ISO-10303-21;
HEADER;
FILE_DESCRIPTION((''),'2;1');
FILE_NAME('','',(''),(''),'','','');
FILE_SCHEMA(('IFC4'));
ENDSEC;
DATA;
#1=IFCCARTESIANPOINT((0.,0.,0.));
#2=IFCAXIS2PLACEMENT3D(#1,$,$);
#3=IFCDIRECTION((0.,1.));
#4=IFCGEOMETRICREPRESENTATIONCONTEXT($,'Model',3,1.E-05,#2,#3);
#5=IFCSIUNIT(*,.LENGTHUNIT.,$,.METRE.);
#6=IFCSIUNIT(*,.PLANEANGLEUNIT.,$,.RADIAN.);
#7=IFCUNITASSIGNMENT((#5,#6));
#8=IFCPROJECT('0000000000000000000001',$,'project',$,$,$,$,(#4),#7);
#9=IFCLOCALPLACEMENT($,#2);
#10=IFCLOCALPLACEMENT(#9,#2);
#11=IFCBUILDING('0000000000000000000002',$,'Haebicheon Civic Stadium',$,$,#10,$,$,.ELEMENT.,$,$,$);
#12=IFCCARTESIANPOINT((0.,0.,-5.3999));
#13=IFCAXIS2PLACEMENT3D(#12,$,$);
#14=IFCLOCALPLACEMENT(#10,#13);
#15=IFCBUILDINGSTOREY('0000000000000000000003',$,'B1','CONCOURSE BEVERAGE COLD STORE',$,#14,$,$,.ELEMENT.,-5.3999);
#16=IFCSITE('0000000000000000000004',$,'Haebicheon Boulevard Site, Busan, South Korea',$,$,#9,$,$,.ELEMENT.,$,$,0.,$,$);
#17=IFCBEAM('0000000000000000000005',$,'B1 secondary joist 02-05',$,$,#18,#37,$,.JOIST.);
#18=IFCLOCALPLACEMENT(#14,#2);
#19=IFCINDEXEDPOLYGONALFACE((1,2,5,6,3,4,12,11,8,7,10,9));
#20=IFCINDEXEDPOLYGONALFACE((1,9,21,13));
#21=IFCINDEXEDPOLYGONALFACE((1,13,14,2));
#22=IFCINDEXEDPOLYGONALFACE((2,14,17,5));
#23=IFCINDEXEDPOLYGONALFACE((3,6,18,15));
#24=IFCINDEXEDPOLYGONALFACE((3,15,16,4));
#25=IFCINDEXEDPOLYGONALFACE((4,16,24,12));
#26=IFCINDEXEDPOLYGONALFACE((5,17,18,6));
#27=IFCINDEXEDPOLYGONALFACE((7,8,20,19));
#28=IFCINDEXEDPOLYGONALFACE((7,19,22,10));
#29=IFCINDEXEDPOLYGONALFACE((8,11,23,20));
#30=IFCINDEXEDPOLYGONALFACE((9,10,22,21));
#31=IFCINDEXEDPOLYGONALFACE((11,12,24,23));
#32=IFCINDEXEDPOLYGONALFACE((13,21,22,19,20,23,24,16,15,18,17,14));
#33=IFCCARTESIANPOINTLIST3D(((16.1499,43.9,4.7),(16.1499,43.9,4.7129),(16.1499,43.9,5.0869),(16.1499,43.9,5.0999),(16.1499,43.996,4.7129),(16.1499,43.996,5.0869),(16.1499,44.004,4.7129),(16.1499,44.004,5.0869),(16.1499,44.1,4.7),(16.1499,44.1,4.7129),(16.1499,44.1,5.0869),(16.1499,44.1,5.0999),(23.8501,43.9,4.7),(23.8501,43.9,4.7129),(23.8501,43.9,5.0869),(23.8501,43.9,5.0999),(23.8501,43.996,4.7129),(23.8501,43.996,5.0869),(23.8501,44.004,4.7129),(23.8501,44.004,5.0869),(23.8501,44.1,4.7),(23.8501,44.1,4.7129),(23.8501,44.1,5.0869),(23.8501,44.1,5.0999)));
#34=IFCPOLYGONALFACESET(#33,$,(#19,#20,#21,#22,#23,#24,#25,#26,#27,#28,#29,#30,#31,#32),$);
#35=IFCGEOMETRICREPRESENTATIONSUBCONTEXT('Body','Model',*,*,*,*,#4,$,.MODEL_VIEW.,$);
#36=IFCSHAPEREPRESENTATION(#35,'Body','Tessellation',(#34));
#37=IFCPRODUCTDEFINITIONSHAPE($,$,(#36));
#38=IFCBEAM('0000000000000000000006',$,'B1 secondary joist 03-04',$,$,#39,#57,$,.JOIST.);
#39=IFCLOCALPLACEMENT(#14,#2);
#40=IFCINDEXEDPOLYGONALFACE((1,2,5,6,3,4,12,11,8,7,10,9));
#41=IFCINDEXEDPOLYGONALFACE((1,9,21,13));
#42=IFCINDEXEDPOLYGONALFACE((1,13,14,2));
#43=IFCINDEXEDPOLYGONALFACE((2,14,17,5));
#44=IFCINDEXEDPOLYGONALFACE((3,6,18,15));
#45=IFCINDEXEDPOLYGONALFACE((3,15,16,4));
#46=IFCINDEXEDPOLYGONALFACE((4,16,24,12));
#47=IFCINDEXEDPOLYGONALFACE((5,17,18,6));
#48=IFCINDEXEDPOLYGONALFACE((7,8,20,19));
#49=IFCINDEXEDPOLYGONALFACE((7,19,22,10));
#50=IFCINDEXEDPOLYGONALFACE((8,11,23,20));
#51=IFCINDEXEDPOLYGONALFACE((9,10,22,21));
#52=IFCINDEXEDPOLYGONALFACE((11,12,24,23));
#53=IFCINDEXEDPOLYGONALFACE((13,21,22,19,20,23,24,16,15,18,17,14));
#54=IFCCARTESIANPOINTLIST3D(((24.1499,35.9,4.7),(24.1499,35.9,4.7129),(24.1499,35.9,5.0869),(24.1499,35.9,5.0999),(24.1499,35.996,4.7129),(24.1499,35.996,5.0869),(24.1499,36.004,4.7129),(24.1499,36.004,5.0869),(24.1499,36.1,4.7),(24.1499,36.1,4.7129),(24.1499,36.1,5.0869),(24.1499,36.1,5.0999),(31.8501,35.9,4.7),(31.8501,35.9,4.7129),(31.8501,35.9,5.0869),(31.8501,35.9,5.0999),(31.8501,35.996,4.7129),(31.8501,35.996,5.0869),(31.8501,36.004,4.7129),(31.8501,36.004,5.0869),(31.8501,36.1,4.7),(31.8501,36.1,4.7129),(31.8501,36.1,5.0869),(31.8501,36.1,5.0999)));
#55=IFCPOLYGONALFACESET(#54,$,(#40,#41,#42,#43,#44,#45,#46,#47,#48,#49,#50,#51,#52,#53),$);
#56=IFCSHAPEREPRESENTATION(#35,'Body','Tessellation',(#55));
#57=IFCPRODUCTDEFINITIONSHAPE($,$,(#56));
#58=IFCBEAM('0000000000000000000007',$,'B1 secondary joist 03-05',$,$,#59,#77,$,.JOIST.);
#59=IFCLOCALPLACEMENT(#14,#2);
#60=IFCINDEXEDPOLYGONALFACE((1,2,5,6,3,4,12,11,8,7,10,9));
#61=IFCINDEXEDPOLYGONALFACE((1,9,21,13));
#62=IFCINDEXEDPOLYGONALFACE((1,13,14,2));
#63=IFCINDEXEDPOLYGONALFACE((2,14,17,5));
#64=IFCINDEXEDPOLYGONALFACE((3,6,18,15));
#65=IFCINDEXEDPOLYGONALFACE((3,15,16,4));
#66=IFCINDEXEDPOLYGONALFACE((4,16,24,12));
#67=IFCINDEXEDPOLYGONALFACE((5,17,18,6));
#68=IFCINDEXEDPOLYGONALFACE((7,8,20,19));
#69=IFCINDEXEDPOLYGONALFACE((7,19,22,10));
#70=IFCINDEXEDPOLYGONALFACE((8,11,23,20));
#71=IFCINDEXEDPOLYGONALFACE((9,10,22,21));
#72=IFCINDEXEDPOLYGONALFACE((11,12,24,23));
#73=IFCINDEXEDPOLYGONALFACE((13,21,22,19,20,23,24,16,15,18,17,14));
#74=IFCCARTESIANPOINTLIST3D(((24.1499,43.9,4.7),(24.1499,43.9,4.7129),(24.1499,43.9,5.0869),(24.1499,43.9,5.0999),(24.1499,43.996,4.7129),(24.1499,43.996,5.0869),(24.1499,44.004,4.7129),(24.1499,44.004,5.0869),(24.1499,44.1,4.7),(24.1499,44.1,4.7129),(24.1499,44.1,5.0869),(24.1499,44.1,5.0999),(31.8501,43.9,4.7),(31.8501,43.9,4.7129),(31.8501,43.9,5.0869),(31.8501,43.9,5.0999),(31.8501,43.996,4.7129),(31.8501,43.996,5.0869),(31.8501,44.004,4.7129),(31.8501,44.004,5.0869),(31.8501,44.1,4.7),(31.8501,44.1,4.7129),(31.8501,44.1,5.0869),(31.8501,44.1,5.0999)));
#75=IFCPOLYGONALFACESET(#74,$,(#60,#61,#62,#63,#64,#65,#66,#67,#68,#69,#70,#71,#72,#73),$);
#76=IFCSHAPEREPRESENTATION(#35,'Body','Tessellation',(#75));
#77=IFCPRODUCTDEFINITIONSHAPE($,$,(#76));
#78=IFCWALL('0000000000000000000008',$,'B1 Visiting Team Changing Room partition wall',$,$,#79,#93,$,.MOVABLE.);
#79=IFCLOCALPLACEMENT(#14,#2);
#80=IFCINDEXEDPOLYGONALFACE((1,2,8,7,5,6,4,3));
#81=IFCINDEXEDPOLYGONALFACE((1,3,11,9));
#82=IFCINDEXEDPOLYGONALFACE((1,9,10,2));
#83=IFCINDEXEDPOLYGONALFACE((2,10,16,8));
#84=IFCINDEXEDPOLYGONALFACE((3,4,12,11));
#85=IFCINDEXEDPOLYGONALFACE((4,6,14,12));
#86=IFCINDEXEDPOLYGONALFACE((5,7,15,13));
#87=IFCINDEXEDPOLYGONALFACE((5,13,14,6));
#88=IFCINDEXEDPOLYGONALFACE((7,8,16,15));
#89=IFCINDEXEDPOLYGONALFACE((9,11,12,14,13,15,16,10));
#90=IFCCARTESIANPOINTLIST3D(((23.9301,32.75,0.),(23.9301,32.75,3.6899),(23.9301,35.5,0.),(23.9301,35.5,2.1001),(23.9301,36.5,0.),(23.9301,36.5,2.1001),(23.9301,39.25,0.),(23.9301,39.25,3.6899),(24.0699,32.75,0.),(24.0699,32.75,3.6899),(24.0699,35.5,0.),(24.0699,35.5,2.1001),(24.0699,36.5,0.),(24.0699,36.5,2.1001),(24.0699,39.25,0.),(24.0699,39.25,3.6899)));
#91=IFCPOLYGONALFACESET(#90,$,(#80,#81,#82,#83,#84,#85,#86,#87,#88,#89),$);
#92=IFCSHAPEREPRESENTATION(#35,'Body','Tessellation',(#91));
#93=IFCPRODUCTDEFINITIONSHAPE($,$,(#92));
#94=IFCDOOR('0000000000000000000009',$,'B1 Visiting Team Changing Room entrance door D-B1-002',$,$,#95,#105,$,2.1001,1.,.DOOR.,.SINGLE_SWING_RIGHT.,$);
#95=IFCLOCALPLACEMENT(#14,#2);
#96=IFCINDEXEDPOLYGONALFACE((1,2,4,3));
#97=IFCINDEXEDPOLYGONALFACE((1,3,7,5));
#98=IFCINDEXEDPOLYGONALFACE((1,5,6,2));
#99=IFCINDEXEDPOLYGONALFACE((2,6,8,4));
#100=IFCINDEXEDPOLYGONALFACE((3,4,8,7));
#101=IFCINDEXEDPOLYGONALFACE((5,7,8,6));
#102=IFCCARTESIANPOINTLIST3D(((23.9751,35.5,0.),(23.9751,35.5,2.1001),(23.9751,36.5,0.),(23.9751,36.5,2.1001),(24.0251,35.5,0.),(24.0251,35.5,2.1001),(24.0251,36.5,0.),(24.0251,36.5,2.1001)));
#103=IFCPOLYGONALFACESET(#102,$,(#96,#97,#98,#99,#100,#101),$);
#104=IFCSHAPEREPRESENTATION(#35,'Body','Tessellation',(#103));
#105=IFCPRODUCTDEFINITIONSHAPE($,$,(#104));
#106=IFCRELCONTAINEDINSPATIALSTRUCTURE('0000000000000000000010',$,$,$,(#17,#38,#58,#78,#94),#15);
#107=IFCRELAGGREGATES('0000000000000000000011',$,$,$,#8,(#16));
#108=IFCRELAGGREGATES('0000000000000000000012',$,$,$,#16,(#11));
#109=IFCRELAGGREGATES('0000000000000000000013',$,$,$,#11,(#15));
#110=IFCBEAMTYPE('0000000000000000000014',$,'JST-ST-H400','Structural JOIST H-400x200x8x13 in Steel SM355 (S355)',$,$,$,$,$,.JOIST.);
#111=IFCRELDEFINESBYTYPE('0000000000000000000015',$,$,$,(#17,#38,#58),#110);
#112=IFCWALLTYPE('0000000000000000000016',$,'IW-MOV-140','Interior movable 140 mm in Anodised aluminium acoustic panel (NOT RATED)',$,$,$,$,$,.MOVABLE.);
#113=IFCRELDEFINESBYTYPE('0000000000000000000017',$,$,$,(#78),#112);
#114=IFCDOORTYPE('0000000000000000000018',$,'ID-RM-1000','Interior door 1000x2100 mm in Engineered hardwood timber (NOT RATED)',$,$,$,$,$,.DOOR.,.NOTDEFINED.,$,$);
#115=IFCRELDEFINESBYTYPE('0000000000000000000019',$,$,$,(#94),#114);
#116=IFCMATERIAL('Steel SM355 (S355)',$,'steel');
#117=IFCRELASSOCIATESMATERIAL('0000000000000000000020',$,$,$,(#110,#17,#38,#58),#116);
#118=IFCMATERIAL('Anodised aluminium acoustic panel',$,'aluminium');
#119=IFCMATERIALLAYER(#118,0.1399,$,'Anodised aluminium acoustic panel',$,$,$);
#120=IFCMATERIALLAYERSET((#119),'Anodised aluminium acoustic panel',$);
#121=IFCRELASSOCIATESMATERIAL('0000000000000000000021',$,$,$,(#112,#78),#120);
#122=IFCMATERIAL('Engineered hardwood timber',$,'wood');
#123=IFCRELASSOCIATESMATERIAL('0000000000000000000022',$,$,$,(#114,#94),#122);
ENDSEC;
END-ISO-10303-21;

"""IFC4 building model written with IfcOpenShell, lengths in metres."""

from ifc_helpers import new_model, si_unit, direction, frame, frame_2d, origin, origin_2d, place, context, subcontext, project, spatial, rectangle, i_section, extrude, material, layer, layer_set, material_profile, profile_set, type_object, element, fill, save


model = new_model("IFC4")

# Units and contexts
model_context = context("Model", 3, precision=1e-05, world=origin(), true_north=direction((0.0, 1.0)))
body_context = subcontext(model_context, "Body", "Model", "MODEL_VIEW")
ifc_project = project(units=[si_unit("LENGTHUNIT", "METRE"), si_unit("PLANEANGLEUNIT", "RADIAN")], contexts=[model_context])

# Site, building, storey
site_placement = place(None, origin())
site = spatial("IfcSite", under=ifc_project, at=site_placement, Name="Haebicheon Boulevard Site, Busan, South Korea", CompositionType="ELEMENT", RefElevation=0.0)
building_placement = place(site_placement, origin())
building = spatial("IfcBuilding", under=site, at=building_placement, Name="Haebicheon Civic Stadium", CompositionType="ELEMENT")
storey_placement = place(building_placement, frame((0.0, 0.0, -5.3999)))
storey = spatial("IfcBuildingStorey", under=building, at=storey_placement, Name="B1", Description="CONCOURSE BEVERAGE COLD STORE", CompositionType="ELEMENT", Elevation=-5.3999)

# Beams
ifc_material_1 = material(Name="Steel SM355 (S355)", Category="steel")
ifc_material_profile_1 = material_profile(ifc_material_1, i_section(OverallWidth=0.2, OverallDepth=0.3999, WebThickness=0.0081, FlangeThickness=0.0129, at=origin_2d()), Name="H-400x200x8x13")
ifc_profile_set_1 = profile_set([ifc_material_profile_1], Name="Steel SM355 (S355)")
beam_type_1 = type_object("IfcBeamType", Name="JST-ST-H400", Description="Structural JOIST H-400x200x8x13 in Steel SM355 (S355)", PredefinedType="JOIST", material=ifc_profile_set_1)
for number, where, z_axis, x_axis, name in (
    (1, (16.1499, 44.0, 4.8999), (1.0, 0.0, 0.0), (0.0, 1.0, 0.0), "B1 secondary joist 02-05"),
    (2, (24.1499, 36.0, 4.8999), (1.0, 0.0, 0.0), (0.0, 1.0, 0.0), "B1 secondary joist 03-04"),
    (3, (24.1499, 44.0, 4.8999), (1.0, 0.0, 0.0), (0.0, 1.0, 0.0), "B1 secondary joist 03-05"),
):
    element("IfcBeam", number, at=place(storey_placement, frame(where, z_axis=z_axis, x_axis=x_axis)), inside=storey, type_object=beam_type_1, material=ifc_profile_set_1, Name=name, PredefinedType="JOIST", context=body_context, shape_type="SweptSolid", body=[
        extrude(i_section(OverallWidth=0.2, OverallDepth=0.3999, WebThickness=0.0081, FlangeThickness=0.0129, at=origin_2d()), origin(), (0.0, 0.0, 1.0), 7.7002),
    ])

# Wall, opening, door
ifc_material_2 = material(Name="Anodised aluminium acoustic panel", Category="aluminium")
ifc_layer_1 = layer(ifc_material_2, 0.1399, Name="Anodised aluminium acoustic panel")
ifc_layer_set_1 = layer_set([ifc_layer_1], Name="Anodised aluminium acoustic panel")
wall_type = type_object("IfcWallType", Name="IW-MOV-140", Description="Interior movable 140 mm in Anodised aluminium acoustic panel (NOT RATED)", PredefinedType="MOVABLE", material=ifc_layer_set_1)
wall_placement = place(storey_placement, frame((24.0, 32.75, 0.0), z_axis=(0.0, 0.0, 1.0), x_axis=(0.0, 1.0, 0.0)))
wall = element("IfcWall", 4, at=wall_placement, inside=storey, type_object=wall_type, material=ifc_layer_set_1, Name="B1 Visiting Team Changing Room partition wall", PredefinedType="MOVABLE", context=body_context, shape_type="SweptSolid", body=[
    extrude(rectangle(XDim=6.5, YDim=0.1399, at=frame_2d((3.25, 0.0))), origin(), (0.0, 0.0, 1.0), 3.6899),
])
opening_placement = place(wall_placement, frame((2.75, 0.0, 0.0)))
opening = element("IfcOpeningElement", 5, at=opening_placement, cuts=wall, PredefinedType="OPENING", context=body_context, shape_type="SweptSolid", body=[
    extrude(rectangle(XDim=1.0, YDim=2.1001, at=frame_2d((0.5, 1.05))), frame((0.0, 0.0798, 0.0), z_axis=(0.0, -1.0, 0.0), x_axis=(1.0, 0.0, 0.0)), (0.0, 0.0, 1.0), 0.1599),
])
ifc_material_3 = material(Name="Engineered hardwood timber", Category="wood")
door_type = type_object("IfcDoorType", Name="ID-RM-1000", Description="Interior door 1000x2100 mm in Engineered hardwood timber (NOT RATED)", OperationType="NOTDEFINED", PredefinedType="DOOR", material=ifc_material_3)
door_placement = place(opening_placement, origin())
door = element("IfcDoor", 6, at=door_placement, inside=storey, type_object=door_type, material=ifc_material_3, Name="B1 Visiting Team Changing Room entrance door D-B1-002", OperationType="SINGLE_SWING_RIGHT", OverallHeight=2.1001, OverallWidth=1.0, PredefinedType="DOOR", context=body_context, shape_type="SweptSolid", body=[
    extrude(rectangle(XDim=1.0, YDim=2.1001, at=frame_2d((0.5, 1.05))), frame((0.0, 0.0249, 0.0), z_axis=(0.0, -1.0, 0.0), x_axis=(1.0, 0.0, 0.0)), (0.0, 0.0, 1.0), 0.05),
])
fill(opening, door)

save(model, "model.ifc")
